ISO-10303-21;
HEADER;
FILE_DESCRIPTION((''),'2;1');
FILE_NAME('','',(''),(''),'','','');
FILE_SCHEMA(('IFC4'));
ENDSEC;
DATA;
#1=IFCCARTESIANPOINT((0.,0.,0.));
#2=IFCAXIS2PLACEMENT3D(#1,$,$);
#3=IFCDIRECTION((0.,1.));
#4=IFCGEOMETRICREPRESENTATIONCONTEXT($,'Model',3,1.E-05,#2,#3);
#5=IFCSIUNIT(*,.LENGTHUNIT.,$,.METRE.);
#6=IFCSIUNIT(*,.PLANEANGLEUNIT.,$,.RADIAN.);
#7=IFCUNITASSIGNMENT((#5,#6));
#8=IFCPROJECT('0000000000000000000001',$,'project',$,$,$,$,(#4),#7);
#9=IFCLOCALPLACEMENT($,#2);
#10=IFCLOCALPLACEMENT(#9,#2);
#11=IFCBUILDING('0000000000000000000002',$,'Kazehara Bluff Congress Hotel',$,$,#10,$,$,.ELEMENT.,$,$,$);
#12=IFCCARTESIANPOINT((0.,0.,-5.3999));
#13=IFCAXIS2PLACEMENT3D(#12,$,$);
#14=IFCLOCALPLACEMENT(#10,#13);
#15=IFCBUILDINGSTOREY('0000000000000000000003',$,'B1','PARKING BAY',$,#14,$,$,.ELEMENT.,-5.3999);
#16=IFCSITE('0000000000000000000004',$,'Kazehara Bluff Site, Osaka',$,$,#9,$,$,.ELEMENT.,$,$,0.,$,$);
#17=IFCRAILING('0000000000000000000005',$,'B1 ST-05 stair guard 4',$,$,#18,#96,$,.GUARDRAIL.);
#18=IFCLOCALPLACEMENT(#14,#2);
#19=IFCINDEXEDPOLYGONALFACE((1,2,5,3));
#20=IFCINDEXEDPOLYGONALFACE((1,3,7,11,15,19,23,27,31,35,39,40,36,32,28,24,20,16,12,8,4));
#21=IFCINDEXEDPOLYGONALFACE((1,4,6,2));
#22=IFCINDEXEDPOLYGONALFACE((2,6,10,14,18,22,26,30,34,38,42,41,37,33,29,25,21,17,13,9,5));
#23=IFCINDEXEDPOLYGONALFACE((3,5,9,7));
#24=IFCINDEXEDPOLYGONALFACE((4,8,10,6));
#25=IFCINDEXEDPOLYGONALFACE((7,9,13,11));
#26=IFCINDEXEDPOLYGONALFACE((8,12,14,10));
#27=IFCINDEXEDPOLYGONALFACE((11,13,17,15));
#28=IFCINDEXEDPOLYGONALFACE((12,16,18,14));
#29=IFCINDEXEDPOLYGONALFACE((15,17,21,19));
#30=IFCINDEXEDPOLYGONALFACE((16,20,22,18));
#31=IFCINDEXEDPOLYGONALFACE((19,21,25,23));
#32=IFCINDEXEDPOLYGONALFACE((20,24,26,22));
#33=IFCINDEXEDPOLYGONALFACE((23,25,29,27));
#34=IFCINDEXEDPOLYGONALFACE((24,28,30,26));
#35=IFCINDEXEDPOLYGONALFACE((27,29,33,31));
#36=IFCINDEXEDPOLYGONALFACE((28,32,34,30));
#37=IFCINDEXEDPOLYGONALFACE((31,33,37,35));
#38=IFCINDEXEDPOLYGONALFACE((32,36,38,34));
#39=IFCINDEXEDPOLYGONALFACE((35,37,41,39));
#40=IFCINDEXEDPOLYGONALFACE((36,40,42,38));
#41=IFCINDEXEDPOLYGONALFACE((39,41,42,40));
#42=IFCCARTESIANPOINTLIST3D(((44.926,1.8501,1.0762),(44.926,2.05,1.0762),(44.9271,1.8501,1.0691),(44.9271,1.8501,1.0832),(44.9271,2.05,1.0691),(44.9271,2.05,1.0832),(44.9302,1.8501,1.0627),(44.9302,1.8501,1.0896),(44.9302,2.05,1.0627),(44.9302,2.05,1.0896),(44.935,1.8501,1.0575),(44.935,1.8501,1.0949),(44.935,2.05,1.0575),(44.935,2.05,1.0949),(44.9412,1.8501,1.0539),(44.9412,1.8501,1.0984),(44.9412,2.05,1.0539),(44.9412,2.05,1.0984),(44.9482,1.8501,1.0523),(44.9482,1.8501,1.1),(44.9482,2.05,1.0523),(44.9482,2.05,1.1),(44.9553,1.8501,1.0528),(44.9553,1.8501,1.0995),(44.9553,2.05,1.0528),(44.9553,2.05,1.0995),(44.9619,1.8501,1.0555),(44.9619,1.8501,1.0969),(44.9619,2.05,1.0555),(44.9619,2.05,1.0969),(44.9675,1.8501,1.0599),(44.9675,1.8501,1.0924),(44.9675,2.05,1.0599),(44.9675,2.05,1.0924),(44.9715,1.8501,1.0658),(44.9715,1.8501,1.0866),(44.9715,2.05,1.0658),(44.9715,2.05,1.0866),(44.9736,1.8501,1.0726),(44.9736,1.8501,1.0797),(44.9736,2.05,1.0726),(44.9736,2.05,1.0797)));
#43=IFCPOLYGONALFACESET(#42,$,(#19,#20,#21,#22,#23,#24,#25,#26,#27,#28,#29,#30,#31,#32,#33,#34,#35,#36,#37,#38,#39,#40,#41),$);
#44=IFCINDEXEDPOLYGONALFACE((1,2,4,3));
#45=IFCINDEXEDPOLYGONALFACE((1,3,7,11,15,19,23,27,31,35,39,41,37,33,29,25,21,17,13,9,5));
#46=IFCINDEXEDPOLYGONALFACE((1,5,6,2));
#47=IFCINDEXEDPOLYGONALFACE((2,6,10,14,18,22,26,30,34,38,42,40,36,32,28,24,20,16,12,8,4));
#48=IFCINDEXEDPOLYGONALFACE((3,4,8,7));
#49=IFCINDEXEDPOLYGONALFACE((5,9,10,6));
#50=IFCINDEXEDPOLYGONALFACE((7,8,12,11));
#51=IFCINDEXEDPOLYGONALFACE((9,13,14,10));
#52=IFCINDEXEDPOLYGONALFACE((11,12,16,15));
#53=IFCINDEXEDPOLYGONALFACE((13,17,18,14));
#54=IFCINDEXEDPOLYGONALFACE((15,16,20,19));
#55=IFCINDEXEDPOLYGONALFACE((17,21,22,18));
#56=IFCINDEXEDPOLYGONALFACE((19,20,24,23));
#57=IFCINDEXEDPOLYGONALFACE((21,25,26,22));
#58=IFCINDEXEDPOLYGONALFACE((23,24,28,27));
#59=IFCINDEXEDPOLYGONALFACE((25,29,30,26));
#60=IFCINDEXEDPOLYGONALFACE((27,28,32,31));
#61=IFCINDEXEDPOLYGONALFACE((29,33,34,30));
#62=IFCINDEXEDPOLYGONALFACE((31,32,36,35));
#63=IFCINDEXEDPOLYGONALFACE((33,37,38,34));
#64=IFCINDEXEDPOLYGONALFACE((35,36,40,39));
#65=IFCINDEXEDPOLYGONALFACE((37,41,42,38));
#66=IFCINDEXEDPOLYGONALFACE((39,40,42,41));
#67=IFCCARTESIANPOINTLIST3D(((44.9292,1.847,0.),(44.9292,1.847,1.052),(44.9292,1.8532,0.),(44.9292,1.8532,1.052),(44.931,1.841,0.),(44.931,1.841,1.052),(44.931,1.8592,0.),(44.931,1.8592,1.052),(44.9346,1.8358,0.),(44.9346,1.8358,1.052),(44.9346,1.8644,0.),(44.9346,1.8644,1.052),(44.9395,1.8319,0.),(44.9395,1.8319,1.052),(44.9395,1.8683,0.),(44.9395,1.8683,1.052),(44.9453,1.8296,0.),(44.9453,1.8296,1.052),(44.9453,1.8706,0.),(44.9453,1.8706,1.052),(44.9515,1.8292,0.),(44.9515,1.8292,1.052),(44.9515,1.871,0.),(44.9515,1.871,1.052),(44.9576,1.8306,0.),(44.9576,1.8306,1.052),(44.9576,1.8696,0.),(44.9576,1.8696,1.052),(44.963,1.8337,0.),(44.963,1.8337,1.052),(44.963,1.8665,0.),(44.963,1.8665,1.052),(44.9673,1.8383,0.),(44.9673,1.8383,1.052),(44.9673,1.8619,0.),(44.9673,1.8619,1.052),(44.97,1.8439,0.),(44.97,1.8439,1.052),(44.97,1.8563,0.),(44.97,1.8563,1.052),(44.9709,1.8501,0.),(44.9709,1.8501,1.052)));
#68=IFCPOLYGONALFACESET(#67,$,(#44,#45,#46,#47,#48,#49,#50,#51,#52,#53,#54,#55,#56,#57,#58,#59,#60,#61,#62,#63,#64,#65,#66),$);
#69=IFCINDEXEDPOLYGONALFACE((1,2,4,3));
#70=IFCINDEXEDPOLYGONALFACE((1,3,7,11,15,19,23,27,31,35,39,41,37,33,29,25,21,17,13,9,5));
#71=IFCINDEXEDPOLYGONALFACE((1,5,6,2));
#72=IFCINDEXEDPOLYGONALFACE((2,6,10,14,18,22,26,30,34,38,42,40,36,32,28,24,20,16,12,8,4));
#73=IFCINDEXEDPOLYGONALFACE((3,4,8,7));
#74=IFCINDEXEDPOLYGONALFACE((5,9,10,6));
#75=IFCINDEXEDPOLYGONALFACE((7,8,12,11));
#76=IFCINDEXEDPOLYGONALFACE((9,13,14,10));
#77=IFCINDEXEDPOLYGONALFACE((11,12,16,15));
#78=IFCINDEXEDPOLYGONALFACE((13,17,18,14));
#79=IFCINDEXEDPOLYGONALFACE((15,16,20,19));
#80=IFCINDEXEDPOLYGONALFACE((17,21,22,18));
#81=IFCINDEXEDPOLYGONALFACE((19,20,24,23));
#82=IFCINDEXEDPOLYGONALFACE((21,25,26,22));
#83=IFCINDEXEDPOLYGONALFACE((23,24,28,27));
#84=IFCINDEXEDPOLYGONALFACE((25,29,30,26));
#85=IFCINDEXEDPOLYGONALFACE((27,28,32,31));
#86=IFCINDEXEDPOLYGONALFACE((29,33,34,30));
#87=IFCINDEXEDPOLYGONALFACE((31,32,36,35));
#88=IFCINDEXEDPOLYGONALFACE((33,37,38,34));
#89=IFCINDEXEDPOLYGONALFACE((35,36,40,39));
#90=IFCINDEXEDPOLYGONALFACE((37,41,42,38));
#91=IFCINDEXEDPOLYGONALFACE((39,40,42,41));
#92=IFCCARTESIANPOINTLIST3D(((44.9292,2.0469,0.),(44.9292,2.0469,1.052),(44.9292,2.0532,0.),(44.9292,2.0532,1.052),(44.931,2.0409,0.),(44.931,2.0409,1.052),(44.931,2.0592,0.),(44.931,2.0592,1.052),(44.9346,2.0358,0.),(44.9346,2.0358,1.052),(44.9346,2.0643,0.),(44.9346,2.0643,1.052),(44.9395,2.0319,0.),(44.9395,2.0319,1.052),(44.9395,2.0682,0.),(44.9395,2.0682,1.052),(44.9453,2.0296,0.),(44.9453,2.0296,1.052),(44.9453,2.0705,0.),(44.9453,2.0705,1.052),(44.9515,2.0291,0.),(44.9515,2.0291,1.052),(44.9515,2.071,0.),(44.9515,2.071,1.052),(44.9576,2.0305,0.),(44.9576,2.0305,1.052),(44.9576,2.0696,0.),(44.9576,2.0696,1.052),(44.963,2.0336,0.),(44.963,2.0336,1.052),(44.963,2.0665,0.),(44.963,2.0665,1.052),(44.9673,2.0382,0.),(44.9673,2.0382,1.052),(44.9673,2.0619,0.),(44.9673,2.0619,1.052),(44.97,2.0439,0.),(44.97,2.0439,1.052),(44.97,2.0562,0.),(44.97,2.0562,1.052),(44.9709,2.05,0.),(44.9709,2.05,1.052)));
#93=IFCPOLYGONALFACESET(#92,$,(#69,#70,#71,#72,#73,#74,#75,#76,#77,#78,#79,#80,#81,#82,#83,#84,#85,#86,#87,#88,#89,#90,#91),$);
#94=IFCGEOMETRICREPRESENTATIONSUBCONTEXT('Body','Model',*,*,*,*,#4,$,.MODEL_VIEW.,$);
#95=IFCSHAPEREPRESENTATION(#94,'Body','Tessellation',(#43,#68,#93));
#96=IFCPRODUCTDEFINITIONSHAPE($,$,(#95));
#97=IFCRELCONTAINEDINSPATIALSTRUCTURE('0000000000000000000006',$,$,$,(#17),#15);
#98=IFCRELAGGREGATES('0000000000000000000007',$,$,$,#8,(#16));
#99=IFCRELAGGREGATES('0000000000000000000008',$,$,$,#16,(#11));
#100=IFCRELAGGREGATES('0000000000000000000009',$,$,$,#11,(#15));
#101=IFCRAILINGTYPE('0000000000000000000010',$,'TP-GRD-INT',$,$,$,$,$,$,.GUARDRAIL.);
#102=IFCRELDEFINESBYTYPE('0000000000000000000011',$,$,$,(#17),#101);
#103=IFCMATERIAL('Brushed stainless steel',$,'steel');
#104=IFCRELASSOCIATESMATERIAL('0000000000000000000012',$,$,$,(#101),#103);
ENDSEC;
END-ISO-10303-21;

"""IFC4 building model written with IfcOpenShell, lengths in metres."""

from ifc_helpers import new_model, si_unit, direction, frame, origin, origin_2d, place, context, subcontext, project, spatial, circle, extrude, material, type_object, element, save


model = new_model("IFC4")

# Units and contexts
model_context = context("Model", 3, precision=1e-05, world=origin(), true_north=direction((0.0, 1.0)))
body_context = subcontext(model_context, "Body", "Model", "MODEL_VIEW")
ifc_project = project(units=[si_unit("LENGTHUNIT", "METRE"), si_unit("PLANEANGLEUNIT", "RADIAN")], contexts=[model_context])

# Site, building, storey
site_placement = place(None, origin())
site = spatial("IfcSite", under=ifc_project, at=site_placement, Name="Kazehara Bluff Site, Osaka", CompositionType="ELEMENT", RefElevation=0.0)
building_placement = place(site_placement, origin())
building = spatial("IfcBuilding", under=site, at=building_placement, Name="Kazehara Bluff Congress Hotel", CompositionType="ELEMENT")
storey_placement = place(building_placement, frame((0.0, 0.0, -5.3999)))
storey = spatial("IfcBuildingStorey", under=building, at=storey_placement, Name="B1", Description="PARKING BAY", CompositionType="ELEMENT", Elevation=-5.3999)

# Railing
ifc_material_1 = material(Name="Brushed stainless steel", Category="steel")
railing_type_1 = type_object("IfcRailingType", Name="TP-GRD-INT", PredefinedType="GUARDRAIL", material=ifc_material_1)
railing_1_placement = place(storey_placement, frame((44.95, 1.8501, 0.0)))
element("IfcRailing", 1, at=railing_1_placement, inside=storey, type_object=railing_type_1, Name="B1 ST-05 stair guard 4", PredefinedType="GUARDRAIL", context=body_context, shape_type="SweptSolid", body=[
    extrude(circle(Radius=0.0239, at=origin_2d()), frame((0.0, 0.0, 1.0762), z_axis=(0.0, 1.0, 0.0), x_axis=(-1.0, 0.0, 0.0)), (0.0, 0.0, 1.0), 0.2),
    extrude(circle(Radius=0.021, at=origin_2d()), origin(), (0.0, 0.0, 1.0), 1.052),
    extrude(circle(Radius=0.021, at=origin_2d()), frame((0.0, 0.2, 0.0)), (0.0, 0.0, 1.0), 1.052),
])

save(model, "model.ifc")
